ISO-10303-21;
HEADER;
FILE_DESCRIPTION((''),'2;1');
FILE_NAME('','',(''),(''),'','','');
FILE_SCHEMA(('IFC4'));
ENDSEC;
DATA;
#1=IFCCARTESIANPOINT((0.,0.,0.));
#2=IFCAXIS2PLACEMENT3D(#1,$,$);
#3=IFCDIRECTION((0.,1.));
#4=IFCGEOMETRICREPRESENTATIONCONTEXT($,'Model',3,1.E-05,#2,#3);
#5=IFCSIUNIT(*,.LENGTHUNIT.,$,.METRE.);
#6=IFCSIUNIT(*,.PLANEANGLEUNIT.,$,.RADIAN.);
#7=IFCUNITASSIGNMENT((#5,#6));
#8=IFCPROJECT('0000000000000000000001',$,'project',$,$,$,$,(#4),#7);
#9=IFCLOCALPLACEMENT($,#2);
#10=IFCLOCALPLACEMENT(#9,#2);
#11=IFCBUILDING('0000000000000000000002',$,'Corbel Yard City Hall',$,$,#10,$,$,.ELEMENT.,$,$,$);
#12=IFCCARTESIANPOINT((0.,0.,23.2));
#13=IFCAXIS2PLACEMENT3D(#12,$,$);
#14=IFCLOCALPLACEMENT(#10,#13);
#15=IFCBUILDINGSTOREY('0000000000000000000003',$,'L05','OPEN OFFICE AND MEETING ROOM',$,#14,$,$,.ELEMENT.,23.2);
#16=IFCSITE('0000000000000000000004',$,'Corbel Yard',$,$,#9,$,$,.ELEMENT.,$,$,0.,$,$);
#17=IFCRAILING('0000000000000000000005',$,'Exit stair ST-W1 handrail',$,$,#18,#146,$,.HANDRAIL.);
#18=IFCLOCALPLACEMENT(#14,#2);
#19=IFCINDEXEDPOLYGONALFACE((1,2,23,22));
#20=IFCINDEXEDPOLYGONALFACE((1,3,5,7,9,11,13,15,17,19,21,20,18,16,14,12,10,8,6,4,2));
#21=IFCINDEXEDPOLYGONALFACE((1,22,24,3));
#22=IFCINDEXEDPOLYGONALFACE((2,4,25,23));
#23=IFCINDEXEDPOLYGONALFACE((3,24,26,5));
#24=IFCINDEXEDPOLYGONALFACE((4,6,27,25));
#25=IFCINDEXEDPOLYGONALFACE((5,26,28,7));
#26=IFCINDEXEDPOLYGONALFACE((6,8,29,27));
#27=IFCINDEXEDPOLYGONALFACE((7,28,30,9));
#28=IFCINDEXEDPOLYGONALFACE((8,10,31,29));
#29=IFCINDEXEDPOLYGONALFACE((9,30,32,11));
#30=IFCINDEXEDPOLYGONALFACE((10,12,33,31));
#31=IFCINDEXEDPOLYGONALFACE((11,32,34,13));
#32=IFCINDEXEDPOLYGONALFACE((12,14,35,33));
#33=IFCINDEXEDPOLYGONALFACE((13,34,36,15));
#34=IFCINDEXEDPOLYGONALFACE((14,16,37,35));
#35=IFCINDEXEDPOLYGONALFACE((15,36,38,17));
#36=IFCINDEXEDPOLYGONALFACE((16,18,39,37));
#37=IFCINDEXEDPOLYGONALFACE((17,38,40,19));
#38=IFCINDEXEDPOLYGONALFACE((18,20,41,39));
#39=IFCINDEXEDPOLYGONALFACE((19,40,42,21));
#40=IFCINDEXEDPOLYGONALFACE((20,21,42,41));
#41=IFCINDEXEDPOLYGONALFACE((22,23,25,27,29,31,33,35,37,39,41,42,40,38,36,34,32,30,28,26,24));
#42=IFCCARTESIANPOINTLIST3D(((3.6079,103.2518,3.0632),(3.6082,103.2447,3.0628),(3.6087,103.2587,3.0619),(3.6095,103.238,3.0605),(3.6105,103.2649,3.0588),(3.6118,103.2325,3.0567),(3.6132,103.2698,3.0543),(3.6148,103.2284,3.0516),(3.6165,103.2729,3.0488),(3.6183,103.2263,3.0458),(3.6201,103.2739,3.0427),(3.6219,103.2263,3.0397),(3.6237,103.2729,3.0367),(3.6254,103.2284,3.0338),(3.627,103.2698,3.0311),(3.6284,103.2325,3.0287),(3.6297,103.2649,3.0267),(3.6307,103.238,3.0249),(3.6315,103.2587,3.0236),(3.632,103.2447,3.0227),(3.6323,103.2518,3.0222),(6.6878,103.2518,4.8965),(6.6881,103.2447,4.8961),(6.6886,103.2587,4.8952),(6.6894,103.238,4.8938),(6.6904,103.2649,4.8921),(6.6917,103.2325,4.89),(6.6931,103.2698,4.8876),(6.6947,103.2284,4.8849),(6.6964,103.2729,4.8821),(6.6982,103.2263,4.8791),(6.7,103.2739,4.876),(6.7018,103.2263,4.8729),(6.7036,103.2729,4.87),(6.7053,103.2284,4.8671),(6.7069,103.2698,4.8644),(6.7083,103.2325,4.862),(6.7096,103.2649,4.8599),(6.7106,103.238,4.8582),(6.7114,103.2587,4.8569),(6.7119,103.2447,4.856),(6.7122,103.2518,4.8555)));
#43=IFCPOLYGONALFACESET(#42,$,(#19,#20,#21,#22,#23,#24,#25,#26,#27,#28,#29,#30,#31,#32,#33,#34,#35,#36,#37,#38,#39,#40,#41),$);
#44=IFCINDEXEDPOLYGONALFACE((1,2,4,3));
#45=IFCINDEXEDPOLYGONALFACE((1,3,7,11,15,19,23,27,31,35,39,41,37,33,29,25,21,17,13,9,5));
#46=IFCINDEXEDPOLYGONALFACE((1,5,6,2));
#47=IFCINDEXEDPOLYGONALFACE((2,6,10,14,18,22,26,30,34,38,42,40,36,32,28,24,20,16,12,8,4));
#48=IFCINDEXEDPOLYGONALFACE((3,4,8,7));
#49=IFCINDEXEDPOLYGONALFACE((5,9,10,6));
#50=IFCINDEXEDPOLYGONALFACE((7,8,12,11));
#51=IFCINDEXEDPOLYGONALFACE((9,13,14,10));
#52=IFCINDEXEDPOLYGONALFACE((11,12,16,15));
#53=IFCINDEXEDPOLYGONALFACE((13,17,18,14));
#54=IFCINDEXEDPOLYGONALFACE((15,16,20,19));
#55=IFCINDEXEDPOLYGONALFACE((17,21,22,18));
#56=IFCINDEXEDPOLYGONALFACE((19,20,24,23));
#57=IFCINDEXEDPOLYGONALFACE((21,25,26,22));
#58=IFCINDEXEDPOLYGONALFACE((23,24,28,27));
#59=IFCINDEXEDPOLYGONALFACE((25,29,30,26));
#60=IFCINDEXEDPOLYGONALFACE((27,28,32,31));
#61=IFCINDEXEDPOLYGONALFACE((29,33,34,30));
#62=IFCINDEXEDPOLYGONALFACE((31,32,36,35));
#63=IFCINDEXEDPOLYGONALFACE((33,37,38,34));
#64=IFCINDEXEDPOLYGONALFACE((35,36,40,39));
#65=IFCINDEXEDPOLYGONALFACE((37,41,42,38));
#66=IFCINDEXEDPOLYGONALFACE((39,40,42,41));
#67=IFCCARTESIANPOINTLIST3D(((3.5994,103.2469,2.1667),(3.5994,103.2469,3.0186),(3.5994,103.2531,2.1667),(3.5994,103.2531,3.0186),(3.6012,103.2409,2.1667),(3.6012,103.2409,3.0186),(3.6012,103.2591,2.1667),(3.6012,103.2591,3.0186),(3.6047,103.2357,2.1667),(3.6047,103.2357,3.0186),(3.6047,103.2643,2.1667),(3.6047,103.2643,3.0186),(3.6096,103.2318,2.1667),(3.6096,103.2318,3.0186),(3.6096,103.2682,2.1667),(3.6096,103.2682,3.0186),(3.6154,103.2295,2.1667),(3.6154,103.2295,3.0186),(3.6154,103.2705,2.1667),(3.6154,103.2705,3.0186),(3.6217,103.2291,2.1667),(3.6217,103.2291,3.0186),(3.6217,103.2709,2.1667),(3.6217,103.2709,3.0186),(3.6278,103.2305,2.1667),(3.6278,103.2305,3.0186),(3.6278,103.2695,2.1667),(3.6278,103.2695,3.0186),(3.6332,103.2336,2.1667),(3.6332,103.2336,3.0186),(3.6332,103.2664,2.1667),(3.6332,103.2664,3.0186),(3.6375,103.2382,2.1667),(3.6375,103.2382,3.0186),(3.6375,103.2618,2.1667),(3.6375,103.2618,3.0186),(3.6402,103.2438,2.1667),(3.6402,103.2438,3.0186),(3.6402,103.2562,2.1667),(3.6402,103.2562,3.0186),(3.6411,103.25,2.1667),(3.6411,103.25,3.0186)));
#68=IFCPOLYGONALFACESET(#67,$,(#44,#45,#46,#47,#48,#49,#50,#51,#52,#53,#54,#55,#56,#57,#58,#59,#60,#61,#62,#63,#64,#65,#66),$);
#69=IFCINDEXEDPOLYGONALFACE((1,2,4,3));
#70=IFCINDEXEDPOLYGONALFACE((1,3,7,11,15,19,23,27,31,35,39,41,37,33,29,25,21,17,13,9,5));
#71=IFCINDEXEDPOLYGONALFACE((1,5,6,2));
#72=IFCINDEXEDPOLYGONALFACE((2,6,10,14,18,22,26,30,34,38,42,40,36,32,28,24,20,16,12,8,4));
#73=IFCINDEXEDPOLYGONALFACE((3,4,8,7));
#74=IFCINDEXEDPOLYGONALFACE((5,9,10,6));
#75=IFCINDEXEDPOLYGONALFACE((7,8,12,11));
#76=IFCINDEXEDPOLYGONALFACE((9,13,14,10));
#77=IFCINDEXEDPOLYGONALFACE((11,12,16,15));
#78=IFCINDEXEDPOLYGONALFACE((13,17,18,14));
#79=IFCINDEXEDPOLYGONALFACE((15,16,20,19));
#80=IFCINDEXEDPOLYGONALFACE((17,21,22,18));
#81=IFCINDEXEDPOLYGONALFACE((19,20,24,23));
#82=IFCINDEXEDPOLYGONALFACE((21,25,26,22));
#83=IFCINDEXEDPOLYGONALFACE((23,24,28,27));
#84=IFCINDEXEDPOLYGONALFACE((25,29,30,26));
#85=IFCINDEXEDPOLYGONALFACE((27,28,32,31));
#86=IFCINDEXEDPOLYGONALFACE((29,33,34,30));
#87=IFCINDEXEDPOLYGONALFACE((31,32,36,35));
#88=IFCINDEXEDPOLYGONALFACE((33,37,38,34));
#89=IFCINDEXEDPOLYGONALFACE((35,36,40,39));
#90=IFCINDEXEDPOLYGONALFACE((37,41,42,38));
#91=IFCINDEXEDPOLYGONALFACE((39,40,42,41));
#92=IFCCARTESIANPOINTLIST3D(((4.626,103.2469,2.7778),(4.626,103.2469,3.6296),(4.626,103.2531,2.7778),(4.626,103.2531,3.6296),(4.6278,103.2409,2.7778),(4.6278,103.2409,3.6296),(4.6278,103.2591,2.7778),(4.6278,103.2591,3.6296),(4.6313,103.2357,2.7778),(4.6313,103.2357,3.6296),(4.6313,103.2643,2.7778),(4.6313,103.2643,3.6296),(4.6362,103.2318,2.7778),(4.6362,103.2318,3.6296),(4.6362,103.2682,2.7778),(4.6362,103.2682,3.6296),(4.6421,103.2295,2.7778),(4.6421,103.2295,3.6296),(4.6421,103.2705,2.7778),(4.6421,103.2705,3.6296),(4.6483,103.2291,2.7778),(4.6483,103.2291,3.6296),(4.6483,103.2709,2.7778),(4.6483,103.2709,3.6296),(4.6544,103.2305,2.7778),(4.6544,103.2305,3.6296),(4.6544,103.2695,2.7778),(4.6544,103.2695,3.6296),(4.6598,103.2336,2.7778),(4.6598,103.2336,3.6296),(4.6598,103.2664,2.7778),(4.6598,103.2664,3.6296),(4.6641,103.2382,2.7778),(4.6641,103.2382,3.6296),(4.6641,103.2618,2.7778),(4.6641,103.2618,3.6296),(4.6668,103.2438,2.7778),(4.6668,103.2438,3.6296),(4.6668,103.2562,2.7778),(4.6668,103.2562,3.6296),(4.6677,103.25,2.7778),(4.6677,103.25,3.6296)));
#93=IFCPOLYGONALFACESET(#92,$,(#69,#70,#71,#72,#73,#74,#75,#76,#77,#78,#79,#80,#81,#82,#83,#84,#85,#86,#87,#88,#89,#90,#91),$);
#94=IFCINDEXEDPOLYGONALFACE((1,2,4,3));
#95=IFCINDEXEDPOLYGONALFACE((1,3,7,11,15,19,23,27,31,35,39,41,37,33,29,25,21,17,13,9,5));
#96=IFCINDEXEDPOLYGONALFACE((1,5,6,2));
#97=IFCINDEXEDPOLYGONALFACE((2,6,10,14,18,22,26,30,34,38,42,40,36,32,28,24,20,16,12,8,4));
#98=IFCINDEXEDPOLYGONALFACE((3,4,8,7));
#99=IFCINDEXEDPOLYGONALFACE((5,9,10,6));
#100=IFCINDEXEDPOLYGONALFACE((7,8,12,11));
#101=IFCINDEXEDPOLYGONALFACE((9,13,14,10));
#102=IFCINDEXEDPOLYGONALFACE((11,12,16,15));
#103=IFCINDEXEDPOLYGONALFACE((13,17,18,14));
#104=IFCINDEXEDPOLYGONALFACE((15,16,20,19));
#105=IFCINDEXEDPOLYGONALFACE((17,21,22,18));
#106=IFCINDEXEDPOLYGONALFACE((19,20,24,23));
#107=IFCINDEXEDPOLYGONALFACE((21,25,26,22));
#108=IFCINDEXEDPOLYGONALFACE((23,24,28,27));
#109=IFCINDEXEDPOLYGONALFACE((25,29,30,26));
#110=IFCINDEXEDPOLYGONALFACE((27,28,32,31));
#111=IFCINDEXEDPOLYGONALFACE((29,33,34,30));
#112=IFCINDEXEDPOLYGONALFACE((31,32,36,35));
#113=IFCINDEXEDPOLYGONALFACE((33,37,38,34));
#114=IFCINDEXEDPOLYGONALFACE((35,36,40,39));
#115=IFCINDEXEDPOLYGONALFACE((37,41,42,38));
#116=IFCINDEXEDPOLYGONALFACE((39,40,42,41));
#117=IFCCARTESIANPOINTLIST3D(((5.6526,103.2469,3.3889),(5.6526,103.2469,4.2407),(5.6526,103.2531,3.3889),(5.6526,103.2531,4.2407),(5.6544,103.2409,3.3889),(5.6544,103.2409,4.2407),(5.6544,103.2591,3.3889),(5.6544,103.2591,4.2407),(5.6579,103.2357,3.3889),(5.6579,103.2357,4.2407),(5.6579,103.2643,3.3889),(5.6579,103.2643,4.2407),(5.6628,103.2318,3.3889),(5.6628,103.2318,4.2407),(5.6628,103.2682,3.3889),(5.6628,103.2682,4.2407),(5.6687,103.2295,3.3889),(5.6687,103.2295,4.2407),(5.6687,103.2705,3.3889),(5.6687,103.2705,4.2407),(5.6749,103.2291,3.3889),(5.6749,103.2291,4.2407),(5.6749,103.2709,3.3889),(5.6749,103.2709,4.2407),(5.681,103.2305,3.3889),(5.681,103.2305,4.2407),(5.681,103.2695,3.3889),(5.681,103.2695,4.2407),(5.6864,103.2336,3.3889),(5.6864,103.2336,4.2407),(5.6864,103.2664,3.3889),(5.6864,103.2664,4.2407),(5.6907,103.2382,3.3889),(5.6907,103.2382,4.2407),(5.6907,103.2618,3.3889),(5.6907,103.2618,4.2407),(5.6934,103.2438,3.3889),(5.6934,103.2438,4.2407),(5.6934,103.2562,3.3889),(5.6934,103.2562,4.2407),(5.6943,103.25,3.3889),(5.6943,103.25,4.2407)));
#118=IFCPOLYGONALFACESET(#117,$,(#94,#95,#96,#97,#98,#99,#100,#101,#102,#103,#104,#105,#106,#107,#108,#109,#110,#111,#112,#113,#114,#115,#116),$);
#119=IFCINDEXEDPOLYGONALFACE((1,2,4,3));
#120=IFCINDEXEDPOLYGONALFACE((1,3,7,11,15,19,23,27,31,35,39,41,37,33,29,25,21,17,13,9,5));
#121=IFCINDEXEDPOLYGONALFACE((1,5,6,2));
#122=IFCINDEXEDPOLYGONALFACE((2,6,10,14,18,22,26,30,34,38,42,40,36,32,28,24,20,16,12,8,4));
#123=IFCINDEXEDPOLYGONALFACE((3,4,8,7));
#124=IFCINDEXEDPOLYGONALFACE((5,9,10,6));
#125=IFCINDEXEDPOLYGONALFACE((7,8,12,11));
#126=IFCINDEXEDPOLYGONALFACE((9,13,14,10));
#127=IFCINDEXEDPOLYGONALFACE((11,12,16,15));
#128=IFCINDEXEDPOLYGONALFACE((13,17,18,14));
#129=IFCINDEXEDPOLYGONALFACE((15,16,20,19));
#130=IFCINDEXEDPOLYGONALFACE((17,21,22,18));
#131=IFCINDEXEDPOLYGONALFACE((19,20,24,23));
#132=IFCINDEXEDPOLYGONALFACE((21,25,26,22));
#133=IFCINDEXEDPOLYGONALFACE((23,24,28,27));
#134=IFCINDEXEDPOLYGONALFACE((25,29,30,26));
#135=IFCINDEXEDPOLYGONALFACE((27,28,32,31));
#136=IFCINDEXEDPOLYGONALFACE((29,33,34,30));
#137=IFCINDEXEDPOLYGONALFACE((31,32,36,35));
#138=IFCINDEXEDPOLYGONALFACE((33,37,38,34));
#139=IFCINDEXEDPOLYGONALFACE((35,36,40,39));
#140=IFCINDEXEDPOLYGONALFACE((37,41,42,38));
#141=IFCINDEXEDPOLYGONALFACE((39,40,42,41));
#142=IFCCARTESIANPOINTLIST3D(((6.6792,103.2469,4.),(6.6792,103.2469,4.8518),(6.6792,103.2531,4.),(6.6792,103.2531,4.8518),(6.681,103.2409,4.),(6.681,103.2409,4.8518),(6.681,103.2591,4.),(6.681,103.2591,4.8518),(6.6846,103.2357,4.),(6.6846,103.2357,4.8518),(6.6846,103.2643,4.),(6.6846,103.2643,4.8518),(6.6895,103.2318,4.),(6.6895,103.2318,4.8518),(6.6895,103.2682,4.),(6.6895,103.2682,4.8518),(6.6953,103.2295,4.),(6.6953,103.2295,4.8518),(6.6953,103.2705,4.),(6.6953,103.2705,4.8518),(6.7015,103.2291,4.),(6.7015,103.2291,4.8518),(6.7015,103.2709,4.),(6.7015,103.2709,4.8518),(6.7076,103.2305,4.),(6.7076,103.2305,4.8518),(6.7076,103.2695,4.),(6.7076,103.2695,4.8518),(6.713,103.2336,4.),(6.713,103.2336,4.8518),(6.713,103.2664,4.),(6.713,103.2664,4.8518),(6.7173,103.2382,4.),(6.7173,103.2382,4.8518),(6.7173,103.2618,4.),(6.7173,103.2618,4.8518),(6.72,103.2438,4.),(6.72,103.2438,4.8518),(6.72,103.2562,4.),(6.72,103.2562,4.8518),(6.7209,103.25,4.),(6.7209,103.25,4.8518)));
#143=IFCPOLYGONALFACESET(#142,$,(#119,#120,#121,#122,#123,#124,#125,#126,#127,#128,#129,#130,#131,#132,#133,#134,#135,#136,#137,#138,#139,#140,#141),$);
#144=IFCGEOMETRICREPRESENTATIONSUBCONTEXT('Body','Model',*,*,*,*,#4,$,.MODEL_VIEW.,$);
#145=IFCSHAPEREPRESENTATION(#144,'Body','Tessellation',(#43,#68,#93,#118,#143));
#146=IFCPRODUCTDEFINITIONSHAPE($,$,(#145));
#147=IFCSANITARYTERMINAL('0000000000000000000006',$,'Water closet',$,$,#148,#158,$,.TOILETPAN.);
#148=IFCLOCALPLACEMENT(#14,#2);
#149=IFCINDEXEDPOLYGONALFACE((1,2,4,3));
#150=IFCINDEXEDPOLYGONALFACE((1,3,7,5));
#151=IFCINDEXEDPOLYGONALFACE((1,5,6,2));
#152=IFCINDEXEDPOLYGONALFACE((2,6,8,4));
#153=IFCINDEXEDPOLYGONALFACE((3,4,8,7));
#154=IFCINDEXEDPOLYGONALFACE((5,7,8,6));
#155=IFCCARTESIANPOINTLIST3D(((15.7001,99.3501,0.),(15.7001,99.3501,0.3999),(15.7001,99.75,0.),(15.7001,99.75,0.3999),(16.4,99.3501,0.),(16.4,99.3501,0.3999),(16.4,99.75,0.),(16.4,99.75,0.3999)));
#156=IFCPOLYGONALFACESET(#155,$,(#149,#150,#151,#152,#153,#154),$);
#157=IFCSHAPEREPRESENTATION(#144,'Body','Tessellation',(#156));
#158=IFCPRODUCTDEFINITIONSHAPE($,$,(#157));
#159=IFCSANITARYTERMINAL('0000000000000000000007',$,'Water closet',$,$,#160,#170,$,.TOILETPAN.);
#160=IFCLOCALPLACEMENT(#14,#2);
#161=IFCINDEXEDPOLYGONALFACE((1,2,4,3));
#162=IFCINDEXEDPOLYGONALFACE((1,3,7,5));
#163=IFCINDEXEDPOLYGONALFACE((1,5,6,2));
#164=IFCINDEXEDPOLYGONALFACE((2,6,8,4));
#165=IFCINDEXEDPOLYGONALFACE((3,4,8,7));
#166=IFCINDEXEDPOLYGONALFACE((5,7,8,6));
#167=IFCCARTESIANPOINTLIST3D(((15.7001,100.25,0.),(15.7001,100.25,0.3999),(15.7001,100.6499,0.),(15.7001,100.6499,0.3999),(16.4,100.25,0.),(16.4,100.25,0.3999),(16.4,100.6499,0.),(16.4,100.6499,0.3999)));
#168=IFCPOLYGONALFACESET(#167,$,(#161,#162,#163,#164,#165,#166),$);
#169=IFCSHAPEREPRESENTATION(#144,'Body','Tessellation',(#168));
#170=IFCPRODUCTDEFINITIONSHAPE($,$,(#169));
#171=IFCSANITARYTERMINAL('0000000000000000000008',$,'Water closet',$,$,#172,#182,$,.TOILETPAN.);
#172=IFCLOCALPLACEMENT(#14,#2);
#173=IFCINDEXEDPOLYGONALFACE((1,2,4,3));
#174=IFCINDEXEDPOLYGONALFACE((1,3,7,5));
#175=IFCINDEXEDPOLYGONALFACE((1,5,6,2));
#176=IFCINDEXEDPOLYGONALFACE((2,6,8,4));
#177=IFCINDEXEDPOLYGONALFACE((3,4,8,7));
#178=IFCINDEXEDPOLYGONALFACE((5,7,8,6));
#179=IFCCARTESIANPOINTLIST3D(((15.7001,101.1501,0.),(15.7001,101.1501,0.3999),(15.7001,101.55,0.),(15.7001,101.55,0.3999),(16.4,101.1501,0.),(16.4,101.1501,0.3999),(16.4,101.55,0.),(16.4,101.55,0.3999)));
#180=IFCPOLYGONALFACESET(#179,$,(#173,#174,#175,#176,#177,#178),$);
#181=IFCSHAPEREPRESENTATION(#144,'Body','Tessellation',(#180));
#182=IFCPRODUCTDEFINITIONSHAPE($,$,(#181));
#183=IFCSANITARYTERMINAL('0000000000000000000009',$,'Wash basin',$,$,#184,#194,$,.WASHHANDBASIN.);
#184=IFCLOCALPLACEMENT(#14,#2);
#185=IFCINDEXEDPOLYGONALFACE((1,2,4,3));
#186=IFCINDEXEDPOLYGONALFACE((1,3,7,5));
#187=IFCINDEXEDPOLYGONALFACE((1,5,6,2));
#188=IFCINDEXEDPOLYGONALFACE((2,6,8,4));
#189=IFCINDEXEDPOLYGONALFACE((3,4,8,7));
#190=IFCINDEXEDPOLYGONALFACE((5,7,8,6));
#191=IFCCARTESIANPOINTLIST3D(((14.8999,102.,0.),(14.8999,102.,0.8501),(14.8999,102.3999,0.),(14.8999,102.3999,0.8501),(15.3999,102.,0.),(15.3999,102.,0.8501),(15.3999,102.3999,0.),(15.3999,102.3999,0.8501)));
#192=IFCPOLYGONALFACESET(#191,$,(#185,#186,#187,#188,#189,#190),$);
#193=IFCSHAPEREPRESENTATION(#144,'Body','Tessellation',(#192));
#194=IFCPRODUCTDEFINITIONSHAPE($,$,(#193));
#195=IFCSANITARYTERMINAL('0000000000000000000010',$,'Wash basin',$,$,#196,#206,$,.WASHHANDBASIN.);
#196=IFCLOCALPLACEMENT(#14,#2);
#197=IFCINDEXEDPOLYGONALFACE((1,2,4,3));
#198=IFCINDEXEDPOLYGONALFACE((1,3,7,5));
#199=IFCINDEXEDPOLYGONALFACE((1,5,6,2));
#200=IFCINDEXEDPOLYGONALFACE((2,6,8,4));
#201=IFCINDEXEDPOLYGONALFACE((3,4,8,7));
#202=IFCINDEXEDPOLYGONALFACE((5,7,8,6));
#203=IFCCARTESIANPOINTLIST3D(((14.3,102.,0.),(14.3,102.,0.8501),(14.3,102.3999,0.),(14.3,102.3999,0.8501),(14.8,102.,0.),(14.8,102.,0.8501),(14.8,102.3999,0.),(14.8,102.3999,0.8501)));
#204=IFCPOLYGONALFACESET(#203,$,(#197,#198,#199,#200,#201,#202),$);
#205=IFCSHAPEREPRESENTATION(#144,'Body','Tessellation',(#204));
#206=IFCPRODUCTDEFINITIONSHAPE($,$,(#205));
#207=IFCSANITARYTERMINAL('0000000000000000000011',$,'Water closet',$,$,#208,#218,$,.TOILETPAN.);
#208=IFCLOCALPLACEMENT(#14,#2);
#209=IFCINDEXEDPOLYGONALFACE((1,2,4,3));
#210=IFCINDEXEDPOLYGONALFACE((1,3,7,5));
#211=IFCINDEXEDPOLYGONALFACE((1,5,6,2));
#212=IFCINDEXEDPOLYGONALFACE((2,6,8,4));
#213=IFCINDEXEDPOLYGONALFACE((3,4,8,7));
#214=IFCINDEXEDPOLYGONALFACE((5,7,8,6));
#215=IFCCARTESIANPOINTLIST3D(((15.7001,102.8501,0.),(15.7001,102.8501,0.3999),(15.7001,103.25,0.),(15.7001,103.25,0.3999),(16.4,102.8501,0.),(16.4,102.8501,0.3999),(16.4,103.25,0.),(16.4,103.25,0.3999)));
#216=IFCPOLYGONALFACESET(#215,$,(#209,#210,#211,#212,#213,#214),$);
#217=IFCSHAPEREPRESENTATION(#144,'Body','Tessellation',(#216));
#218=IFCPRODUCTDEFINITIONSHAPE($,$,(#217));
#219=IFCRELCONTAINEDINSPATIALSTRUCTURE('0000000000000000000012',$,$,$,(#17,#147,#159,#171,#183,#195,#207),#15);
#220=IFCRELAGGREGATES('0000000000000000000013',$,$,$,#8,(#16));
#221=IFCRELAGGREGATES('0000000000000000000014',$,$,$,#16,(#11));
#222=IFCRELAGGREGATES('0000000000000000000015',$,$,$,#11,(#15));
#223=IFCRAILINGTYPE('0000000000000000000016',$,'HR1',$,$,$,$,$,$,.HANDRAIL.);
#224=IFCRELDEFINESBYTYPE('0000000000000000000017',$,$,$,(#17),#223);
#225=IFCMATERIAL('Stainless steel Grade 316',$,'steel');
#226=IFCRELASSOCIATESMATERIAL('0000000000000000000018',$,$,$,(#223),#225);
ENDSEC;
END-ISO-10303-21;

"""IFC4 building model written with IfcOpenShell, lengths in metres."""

from ifc_helpers import new_model, si_unit, direction, frame, origin, origin_2d, place, context, subcontext, project, spatial, rectangle, circle, extrude, material, type_object, element, save


model = new_model("IFC4")

# Units and contexts
model_context = context("Model", 3, precision=1e-05, world=origin(), true_north=direction((0.0, 1.0)))
body_context = subcontext(model_context, "Body", "Model", "MODEL_VIEW")
ifc_project = project(units=[si_unit("LENGTHUNIT", "METRE"), si_unit("PLANEANGLEUNIT", "RADIAN")], contexts=[model_context])

# Site, building, storey
site_placement = place(None, origin())
site = spatial("IfcSite", under=ifc_project, at=site_placement, Name="Corbel Yard", CompositionType="ELEMENT", RefElevation=0.0)
building_placement = place(site_placement, origin())
building = spatial("IfcBuilding", under=site, at=building_placement, Name="Corbel Yard City Hall", CompositionType="ELEMENT")
storey_placement = place(building_placement, frame((0.0, 0.0, 23.2)))
storey = spatial("IfcBuildingStorey", under=building, at=storey_placement, Name="L05", Description="OPEN OFFICE AND MEETING ROOM", CompositionType="ELEMENT", Elevation=23.2)

# Railing
ifc_material_1 = material(Name="Stainless steel Grade 316", Category="steel")
railing_type = type_object("IfcRailingType", Name="HR1", PredefinedType="HANDRAIL", material=ifc_material_1)
for number, where, name in (
    (1, (3.6201, 103.25, 2.1667), "Exit stair ST-W1 handrail"),
):
    element("IfcRailing", number, at=place(storey_placement, frame(where)), inside=storey, type_object=railing_type, Name=name, PredefinedType="HANDRAIL", context=body_context, shape_type="SweptSolid", body=[
        extrude(circle(Radius=0.0239, at=origin_2d()), frame((0.0, 0.0, 0.876), z_axis=(0.859291, 0.0, 0.511487), x_axis=(0.0, 1.0, 0.0)), (0.0, 0.0, 1.0), 3.5842),
        extrude(circle(Radius=0.021, at=origin_2d()), origin(), (0.0, 0.0, 1.0), 0.8518),
        extrude(circle(Radius=0.021, at=origin_2d()), frame((1.0266, 0.0, 0.6111)), (0.0, 0.0, 1.0), 0.8518),
        extrude(circle(Radius=0.021, at=origin_2d()), frame((2.0532, 0.0, 1.2222)), (0.0, 0.0, 1.0), 0.8518),
        extrude(circle(Radius=0.021, at=origin_2d()), frame((3.0798, 0.0, 1.8333)), (0.0, 0.0, 1.0), 0.8518),
    ])

# Sanitary terminals
for number, where, z_axis, x_axis, name in (
    (2, (16.05, 99.55, 0.0), (0.0, 0.0, 1.0), (1.0, 0.0, 0.0), "Water closet"),
    (3, (16.05, 100.45, 0.0), (0.0, 0.0, 1.0), (1.0, 0.0, 0.0), "Water closet"),
    (4, (16.05, 101.3501, 0.0), (0.0, 0.0, 1.0), (1.0, 0.0, 0.0), "Water closet"),
):
    element("IfcSanitaryTerminal", number, at=place(storey_placement, frame(where, z_axis=z_axis, x_axis=x_axis)), inside=storey, Name=name, PredefinedType="TOILETPAN", context=body_context, shape_type="SweptSolid", body=[
        extrude(rectangle(XDim=0.7, YDim=0.3999, at=origin_2d()), origin(), (0.0, 0.0, 1.0), 0.3999),
    ])
for number, where, z_axis, x_axis, name in (
    (5, (15.1499, 102.2, 0.0), (0.0, 0.0, 1.0), (1.0, 0.0, 0.0), "Wash basin"),
    (6, (14.55, 102.2, 0.0), (0.0, 0.0, 1.0), (1.0, 0.0, 0.0), "Wash basin"),
):
    element("IfcSanitaryTerminal", number, at=place(storey_placement, frame(where, z_axis=z_axis, x_axis=x_axis)), inside=storey, Name=name, PredefinedType="WASHHANDBASIN", context=body_context, shape_type="SweptSolid", body=[
        extrude(rectangle(XDim=0.5, YDim=0.3999, at=origin_2d()), origin(), (0.0, 0.0, 1.0), 0.8501),
    ])
sanitary_terminal_placement = place(storey_placement, frame((16.05, 103.05, 0.0), z_axis=(0.0, 0.0, 1.0), x_axis=(1.0, 0.0, 0.0)))
element("IfcSanitaryTerminal", 7, at=sanitary_terminal_placement, inside=storey, Name="Water closet", PredefinedType="TOILETPAN", context=body_context, shape_type="SweptSolid", body=[
    extrude(rectangle(XDim=0.7, YDim=0.3999, at=origin_2d()), origin(), (0.0, 0.0, 1.0), 0.3999),
])

save(model, "model.ifc")
